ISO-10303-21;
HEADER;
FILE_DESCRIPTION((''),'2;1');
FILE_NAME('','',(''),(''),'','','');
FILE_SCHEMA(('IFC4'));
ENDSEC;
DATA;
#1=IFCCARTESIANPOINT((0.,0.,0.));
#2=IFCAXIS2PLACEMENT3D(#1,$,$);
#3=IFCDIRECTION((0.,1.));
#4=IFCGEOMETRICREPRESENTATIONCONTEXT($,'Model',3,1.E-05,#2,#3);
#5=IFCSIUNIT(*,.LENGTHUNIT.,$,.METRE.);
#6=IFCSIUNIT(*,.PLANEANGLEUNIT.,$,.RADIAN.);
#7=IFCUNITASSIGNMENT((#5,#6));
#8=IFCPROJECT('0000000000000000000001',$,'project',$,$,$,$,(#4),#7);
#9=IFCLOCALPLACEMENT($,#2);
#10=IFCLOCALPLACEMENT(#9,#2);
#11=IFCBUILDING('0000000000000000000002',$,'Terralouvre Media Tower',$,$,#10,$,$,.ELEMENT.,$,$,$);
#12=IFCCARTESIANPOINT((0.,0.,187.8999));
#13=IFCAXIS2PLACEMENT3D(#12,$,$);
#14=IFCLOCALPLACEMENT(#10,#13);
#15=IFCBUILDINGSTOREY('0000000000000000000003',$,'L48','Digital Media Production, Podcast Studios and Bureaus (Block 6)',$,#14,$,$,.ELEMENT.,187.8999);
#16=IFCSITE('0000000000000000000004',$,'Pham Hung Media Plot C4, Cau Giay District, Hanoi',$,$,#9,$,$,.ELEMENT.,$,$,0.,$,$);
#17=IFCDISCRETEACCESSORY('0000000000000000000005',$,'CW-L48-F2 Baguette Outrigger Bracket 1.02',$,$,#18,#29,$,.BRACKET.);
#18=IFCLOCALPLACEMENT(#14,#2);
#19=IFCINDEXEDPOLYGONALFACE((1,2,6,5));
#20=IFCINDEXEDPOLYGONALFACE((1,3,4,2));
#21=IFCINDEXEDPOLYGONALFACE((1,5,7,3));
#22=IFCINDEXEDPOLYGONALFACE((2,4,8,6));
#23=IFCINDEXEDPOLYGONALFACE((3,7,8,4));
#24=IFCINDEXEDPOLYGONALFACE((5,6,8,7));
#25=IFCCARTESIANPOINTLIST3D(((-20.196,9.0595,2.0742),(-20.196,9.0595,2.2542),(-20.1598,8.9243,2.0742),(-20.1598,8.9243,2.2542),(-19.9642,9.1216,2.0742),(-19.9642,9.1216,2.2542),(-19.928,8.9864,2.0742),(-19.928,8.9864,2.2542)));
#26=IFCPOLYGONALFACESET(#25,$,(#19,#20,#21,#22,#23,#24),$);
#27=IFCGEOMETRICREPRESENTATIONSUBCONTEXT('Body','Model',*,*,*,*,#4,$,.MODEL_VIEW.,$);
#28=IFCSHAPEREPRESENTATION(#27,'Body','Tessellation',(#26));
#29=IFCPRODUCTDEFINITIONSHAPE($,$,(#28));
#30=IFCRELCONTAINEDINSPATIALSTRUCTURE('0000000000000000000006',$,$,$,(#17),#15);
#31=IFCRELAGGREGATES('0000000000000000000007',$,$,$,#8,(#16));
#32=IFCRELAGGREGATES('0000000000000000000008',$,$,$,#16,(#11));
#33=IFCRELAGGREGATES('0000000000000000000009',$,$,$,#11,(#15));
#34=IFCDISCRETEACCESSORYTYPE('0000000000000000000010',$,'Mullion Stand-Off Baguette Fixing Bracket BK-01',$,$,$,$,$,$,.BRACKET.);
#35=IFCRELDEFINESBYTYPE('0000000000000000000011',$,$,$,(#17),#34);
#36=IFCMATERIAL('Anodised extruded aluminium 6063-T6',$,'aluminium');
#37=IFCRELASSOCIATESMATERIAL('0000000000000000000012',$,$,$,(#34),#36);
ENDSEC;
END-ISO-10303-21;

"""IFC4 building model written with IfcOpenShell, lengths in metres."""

from ifc_helpers import new_model, si_unit, direction, frame, origin, origin_2d, place, context, subcontext, project, spatial, rectangle, extrude, material, type_object, element, save


model = new_model("IFC4")

# Units and contexts
model_context = context("Model", 3, precision=1e-05, world=origin(), true_north=direction((0.0, 1.0)))
body_context = subcontext(model_context, "Body", "Model", "MODEL_VIEW")
ifc_project = project(units=[si_unit("LENGTHUNIT", "METRE"), si_unit("PLANEANGLEUNIT", "RADIAN")], contexts=[model_context])

# Site, building, storey
site_placement = place(None, origin())
site = spatial("IfcSite", under=ifc_project, at=site_placement, Name="Pham Hung Media Plot C4, Cau Giay District, Hanoi", CompositionType="ELEMENT", RefElevation=0.0)
building_placement = place(site_placement, origin())
building = spatial("IfcBuilding", under=site, at=building_placement, Name="Terralouvre Media Tower", CompositionType="ELEMENT")
storey_placement = place(building_placement, frame((0.0, 0.0, 187.8999)))
storey = spatial("IfcBuildingStorey", under=building, at=storey_placement, Name="L48", Description="Digital Media Production, Podcast Studios and Bureaus (Block 6)", CompositionType="ELEMENT", Elevation=187.8999)

# Discrete accessory
ifc_material_1 = material(Name="Anodised extruded aluminium 6063-T6", Category="aluminium")
discrete_accessory_type = type_object("IfcDiscreteAccessoryType", Name="Mullion Stand-Off Baguette Fixing Bracket BK-01", PredefinedType="BRACKET", material=ifc_material_1)
discrete_accessory_placement = place(storey_placement, frame((-20.062, 9.0229, 2.0742), z_axis=(0.0, 0.0, 1.0), x_axis=(0.258819, -0.965926, 0.0)))
element("IfcDiscreteAccessory", 1, at=discrete_accessory_placement, inside=storey, type_object=discrete_accessory_type, Name="CW-L48-F2 Baguette Outrigger Bracket 1.02", PredefinedType="BRACKET", context=body_context, shape_type="SweptSolid", body=[
    extrude(rectangle(XDim=0.1399, YDim=0.24, at=origin_2d()), origin(), (0.0, 0.0, 1.0), 0.1799),
])

save(model, "model.ifc")
